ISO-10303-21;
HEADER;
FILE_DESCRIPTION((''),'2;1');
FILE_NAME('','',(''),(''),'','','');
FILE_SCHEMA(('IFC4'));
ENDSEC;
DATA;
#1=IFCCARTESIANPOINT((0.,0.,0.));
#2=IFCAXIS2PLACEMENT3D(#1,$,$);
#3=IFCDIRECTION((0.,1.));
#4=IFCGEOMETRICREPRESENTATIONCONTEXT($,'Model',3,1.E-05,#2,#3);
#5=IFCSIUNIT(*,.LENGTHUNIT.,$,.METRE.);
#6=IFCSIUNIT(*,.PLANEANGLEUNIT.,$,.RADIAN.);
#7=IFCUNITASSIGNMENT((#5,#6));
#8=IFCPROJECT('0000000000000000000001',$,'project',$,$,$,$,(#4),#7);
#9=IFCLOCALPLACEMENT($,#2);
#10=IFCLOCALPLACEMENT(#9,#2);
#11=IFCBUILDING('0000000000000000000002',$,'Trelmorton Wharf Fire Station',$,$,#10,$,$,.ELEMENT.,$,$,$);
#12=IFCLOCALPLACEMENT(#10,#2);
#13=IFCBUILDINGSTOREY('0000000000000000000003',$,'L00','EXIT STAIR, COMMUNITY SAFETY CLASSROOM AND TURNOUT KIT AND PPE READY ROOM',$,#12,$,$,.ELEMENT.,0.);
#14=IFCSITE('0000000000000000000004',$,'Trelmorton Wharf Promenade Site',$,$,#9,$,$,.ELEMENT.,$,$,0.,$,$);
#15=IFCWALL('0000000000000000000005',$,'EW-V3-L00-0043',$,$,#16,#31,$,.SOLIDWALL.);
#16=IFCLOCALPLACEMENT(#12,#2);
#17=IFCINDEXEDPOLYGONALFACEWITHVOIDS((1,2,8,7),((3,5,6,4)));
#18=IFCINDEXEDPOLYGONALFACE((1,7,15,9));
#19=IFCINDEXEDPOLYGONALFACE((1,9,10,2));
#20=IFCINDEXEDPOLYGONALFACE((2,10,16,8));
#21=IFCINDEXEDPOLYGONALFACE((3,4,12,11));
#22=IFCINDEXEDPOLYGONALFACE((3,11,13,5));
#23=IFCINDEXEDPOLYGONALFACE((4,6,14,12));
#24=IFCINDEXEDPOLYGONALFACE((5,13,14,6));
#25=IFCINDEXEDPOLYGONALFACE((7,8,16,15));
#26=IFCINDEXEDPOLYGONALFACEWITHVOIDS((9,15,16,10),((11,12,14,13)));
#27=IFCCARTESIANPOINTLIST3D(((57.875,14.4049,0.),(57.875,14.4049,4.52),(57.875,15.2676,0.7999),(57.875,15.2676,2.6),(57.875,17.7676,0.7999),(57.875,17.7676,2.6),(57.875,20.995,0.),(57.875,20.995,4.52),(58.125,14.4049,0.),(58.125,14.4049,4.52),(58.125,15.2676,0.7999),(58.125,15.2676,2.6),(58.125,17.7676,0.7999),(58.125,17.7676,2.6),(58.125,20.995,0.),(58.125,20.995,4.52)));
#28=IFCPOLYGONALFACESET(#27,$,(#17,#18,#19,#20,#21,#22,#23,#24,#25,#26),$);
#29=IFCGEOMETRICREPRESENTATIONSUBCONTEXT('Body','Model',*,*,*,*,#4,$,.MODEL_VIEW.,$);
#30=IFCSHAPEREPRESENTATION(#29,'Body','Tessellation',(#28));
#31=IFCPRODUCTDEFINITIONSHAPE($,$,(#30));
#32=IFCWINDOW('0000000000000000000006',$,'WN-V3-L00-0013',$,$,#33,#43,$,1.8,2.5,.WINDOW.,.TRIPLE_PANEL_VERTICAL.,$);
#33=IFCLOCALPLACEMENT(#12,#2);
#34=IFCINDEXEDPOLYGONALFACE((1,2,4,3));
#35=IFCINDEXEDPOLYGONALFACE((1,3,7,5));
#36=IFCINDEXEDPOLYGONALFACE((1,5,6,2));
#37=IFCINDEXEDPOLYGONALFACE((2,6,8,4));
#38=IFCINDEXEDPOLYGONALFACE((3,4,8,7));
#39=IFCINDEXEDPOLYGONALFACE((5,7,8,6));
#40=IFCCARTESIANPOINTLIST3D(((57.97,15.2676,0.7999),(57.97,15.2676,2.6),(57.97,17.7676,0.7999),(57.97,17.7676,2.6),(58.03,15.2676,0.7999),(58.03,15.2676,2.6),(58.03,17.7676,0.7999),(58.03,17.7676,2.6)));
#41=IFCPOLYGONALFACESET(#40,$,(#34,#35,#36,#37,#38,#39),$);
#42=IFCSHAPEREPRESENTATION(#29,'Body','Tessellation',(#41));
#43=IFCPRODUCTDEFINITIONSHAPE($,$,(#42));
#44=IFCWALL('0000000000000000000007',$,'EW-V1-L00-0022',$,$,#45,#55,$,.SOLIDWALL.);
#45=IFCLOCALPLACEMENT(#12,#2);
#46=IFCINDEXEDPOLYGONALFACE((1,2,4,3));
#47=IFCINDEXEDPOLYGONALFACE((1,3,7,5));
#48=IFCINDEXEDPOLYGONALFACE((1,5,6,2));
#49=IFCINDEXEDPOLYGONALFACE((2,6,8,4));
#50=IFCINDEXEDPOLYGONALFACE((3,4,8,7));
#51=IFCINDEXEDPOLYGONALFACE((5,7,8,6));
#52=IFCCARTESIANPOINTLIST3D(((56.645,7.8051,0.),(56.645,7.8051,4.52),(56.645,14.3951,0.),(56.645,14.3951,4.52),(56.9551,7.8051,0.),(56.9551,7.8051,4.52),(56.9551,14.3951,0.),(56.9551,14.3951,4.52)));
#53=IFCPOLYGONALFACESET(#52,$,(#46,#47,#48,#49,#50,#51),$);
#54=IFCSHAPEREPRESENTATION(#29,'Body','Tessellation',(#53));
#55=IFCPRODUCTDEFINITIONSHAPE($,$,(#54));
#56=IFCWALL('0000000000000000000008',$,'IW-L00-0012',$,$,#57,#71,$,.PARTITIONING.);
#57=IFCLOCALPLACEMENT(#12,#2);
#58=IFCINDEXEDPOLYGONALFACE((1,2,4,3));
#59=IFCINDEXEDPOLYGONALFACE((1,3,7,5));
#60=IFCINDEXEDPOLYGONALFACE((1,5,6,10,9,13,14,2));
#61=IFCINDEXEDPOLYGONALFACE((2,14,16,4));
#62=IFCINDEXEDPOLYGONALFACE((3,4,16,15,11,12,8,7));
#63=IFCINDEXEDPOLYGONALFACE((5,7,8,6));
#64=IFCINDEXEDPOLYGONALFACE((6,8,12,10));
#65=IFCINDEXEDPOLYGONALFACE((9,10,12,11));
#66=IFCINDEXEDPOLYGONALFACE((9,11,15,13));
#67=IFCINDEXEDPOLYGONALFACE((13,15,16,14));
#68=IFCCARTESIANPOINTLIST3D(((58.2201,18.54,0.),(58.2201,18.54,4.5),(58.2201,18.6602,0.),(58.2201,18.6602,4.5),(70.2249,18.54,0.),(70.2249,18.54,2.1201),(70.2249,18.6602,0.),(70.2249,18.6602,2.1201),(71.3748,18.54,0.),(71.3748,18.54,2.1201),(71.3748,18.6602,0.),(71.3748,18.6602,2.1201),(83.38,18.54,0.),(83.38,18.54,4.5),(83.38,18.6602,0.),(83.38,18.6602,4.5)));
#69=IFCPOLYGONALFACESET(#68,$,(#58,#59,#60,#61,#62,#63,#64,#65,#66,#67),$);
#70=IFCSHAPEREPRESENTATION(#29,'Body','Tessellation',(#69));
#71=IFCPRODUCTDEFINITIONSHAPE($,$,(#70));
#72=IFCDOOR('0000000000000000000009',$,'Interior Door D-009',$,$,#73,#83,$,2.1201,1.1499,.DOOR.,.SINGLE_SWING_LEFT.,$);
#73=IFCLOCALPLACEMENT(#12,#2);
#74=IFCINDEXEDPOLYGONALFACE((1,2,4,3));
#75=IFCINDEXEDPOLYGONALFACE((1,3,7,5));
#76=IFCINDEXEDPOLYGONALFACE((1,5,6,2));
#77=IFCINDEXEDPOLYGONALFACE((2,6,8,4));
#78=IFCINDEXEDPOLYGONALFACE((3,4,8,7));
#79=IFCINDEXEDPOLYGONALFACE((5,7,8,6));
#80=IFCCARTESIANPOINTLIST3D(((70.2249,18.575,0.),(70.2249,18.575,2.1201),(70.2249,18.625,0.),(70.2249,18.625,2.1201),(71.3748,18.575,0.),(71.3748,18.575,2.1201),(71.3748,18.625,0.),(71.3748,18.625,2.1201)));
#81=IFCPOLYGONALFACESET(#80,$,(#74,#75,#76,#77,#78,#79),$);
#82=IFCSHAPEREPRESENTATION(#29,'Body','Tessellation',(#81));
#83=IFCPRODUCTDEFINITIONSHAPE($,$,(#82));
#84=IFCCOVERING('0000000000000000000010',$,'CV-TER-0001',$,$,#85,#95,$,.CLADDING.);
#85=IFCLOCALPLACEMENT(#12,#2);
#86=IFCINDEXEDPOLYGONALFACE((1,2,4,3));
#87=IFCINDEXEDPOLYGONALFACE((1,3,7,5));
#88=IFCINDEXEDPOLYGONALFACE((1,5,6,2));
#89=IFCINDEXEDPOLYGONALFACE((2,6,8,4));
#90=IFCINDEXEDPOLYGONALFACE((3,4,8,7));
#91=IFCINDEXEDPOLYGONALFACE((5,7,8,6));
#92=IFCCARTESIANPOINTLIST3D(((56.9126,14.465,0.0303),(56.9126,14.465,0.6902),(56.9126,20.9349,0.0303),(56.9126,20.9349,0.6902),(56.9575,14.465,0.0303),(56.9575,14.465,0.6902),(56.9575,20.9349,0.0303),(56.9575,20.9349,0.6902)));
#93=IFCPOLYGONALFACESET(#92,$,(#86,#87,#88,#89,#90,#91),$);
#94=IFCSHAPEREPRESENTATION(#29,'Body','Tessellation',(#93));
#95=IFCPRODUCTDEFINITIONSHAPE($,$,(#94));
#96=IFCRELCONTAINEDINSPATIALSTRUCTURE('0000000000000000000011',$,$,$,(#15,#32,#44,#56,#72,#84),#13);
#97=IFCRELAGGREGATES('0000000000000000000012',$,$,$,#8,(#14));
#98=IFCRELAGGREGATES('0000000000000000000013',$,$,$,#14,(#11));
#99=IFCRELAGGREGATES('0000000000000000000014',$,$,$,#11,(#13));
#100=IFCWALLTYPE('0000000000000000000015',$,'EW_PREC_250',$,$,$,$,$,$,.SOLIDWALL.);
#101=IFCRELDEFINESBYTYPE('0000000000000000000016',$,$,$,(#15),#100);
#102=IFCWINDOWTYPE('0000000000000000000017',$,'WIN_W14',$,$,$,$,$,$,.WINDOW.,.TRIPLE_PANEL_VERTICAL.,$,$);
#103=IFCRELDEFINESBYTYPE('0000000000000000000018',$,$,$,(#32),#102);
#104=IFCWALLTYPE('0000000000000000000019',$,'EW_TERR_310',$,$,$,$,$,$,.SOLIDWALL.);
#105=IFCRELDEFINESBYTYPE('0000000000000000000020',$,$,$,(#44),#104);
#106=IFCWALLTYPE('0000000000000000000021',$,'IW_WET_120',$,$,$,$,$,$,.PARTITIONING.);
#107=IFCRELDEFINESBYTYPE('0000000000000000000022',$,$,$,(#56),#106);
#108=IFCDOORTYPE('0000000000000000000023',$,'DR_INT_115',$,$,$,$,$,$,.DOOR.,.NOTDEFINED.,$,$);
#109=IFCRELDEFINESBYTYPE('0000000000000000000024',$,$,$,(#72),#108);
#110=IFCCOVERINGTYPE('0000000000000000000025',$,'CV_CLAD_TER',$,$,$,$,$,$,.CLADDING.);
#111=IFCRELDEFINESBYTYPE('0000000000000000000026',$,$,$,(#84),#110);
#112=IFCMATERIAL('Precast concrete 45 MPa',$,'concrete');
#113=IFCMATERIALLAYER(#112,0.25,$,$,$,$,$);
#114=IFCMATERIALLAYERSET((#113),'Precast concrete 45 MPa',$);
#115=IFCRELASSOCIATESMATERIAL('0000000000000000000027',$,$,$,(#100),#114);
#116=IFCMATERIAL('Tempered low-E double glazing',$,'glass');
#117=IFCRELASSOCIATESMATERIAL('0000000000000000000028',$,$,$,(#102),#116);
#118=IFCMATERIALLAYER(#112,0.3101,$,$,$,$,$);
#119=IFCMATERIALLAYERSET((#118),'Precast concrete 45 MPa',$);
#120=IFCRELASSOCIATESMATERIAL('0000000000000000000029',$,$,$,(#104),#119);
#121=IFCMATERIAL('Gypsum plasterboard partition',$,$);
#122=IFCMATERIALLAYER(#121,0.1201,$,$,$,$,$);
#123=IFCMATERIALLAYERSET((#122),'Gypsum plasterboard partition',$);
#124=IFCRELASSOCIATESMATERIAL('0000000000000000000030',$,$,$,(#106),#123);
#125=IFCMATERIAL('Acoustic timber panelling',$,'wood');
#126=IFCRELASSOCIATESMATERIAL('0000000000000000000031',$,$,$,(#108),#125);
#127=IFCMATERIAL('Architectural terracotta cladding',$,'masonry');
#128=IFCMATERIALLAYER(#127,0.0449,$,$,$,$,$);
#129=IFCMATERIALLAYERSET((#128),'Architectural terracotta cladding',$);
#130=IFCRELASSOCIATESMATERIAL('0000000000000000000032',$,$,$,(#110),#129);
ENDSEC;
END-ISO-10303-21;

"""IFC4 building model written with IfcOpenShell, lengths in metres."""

from ifc_helpers import new_model, si_unit, direction, frame, frame_2d, origin, origin_2d, place, context, subcontext, project, spatial, rectangle, extrude, material, layer, layer_set, type_object, element, fill, save


model = new_model("IFC4")

# Units and contexts
model_context = context("Model", 3, precision=1e-05, world=origin(), true_north=direction((0.0, 1.0)))
body_context = subcontext(model_context, "Body", "Model", "MODEL_VIEW")
ifc_project = project(units=[si_unit("LENGTHUNIT", "METRE"), si_unit("PLANEANGLEUNIT", "RADIAN")], contexts=[model_context])

# Site, building, storey
site_placement = place(None, origin())
site = spatial("IfcSite", under=ifc_project, at=site_placement, Name="Trelmorton Wharf Promenade Site", CompositionType="ELEMENT", RefElevation=0.0)
building_placement = place(site_placement, origin())
building = spatial("IfcBuilding", under=site, at=building_placement, Name="Trelmorton Wharf Fire Station", CompositionType="ELEMENT")
storey_placement = place(building_placement, origin())
storey = spatial("IfcBuildingStorey", under=building, at=storey_placement, Name="L00", Description="EXIT STAIR, COMMUNITY SAFETY CLASSROOM AND TURNOUT KIT AND PPE READY ROOM", CompositionType="ELEMENT", Elevation=0.0)

# Wall, opening, window
ifc_material_1 = material(Name="Precast concrete 45 MPa", Category="concrete")
ifc_material_2 = material(Name="Tempered low-E double glazing", Category="glass")
ifc_layer_1 = layer(ifc_material_1, 0.25)
ifc_layer_set_1 = layer_set([ifc_layer_1], Name="Precast concrete 45 MPa")
wall_type_1 = type_object("IfcWallType", Name="EW_PREC_250", PredefinedType="SOLIDWALL", material=ifc_layer_set_1)
wall_1_placement = place(storey_placement, frame((58.0, 14.405, 0.0), z_axis=(0.0, 0.0, 1.0), x_axis=(0.0, 1.0, 0.0)))
wall_1 = element("IfcWall", 1, at=wall_1_placement, inside=storey, type_object=wall_type_1, Name="EW-V3-L00-0043", PredefinedType="SOLIDWALL", context=body_context, shape_type="SweptSolid", body=[
    extrude(rectangle(XDim=6.5901, YDim=0.25, at=frame_2d((3.2949, 0.0))), origin(), (0.0, 0.0, 1.0), 4.52),
])
opening_1_placement = place(wall_1_placement, frame((0.8625, 0.0, 0.8)))
opening_1 = element("IfcOpeningElement", 2, at=opening_1_placement, cuts=wall_1, PredefinedType="OPENING", context=body_context, shape_type="SweptSolid", body=[
    extrude(rectangle(XDim=2.5, YDim=1.8, at=frame_2d((1.25, 0.8999))), frame((0.0, 0.135, 0.0), z_axis=(0.0, -1.0, 0.0), x_axis=(1.0, 0.0, 0.0)), (0.0, 0.0, 1.0), 0.27),
])
window_type_1 = type_object("IfcWindowType", Name="WIN_W14", PartitioningType="TRIPLE_PANEL_VERTICAL", PredefinedType="WINDOW", material=ifc_material_2)
window_1_placement = place(opening_1_placement, origin())
window_1 = element("IfcWindow", 3, at=window_1_placement, inside=storey, type_object=window_type_1, Name="WN-V3-L00-0013", OverallHeight=1.8, OverallWidth=2.5, PartitioningType="TRIPLE_PANEL_VERTICAL", PredefinedType="WINDOW", context=body_context, shape_type="SweptSolid", body=[
    extrude(rectangle(XDim=2.5, YDim=1.8, at=frame_2d((1.25, 0.8999))), frame((0.0, 0.03, 0.0), z_axis=(0.0, -1.0, 0.0), x_axis=(1.0, 0.0, 0.0)), (0.0, 0.0, 1.0), 0.0601),
])
fill(opening_1, window_1)

# Wall
ifc_layer_2 = layer(ifc_material_1, 0.3101)
ifc_layer_set_2 = layer_set([ifc_layer_2], Name="Precast concrete 45 MPa")
wall_type_2 = type_object("IfcWallType", Name="EW_TERR_310", PredefinedType="SOLIDWALL", material=ifc_layer_set_2)
wall_2_placement = place(storey_placement, frame((56.8, 14.395, 0.0), z_axis=(0.0, 0.0, 1.0), x_axis=(0.0, -1.0, 0.0)))
element("IfcWall", 4, at=wall_2_placement, inside=storey, type_object=wall_type_2, Name="EW-V1-L00-0022", PredefinedType="SOLIDWALL", context=body_context, shape_type="SweptSolid", body=[
    extrude(rectangle(XDim=6.5901, YDim=0.3101, at=frame_2d((3.2949, 0.0))), origin(), (0.0, 0.0, 1.0), 4.52),
])

# Wall, opening, door
ifc_material_3 = material(Name="Gypsum plasterboard partition")
ifc_layer_3 = layer(ifc_material_3, 0.1201)
ifc_layer_set_3 = layer_set([ifc_layer_3], Name="Gypsum plasterboard partition")
wall_type_3 = type_object("IfcWallType", Name="IW_WET_120", PredefinedType="PARTITIONING", material=ifc_layer_set_3)
wall_3_placement = place(storey_placement, frame((58.22, 18.6001, 0.0), z_axis=(0.0, 0.0, 1.0), x_axis=(1.0, 0.0, 0.0)))
wall_3 = element("IfcWall", 5, at=wall_3_placement, inside=storey, type_object=wall_type_3, Name="IW-L00-0012", PredefinedType="PARTITIONING", context=body_context, shape_type="SweptSolid", body=[
    extrude(rectangle(XDim=25.1599, YDim=0.1201, at=frame_2d((12.5801, 0.0))), origin(), (0.0, 0.0, 1.0), 4.5),
])
opening_2_placement = place(wall_3_placement, frame((12.0049, 0.0, 0.0)))
opening_2 = element("IfcOpeningElement", 6, at=opening_2_placement, cuts=wall_3, PredefinedType="OPENING", context=body_context, shape_type="SweptSolid", body=[
    extrude(rectangle(XDim=1.1499, YDim=2.1201, at=frame_2d((0.575, 1.0601))), frame((0.0, 0.0701, 0.0), z_axis=(0.0, -1.0, 0.0), x_axis=(1.0, 0.0, 0.0)), (0.0, 0.0, 1.0), 0.1401),
])
ifc_material_4 = material(Name="Acoustic timber panelling", Category="wood")
door_type = type_object("IfcDoorType", Name="DR_INT_115", OperationType="NOTDEFINED", PredefinedType="DOOR", material=ifc_material_4)
door_placement = place(opening_2_placement, origin())
door = element("IfcDoor", 7, at=door_placement, inside=storey, type_object=door_type, Name="Interior Door D-009", OperationType="SINGLE_SWING_LEFT", OverallHeight=2.1201, OverallWidth=1.1499, PredefinedType="DOOR", context=body_context, shape_type="SweptSolid", body=[
    extrude(rectangle(XDim=1.1499, YDim=2.1201, at=frame_2d((0.575, 1.0601))), frame((0.0, 0.0249, 0.0), z_axis=(0.0, -1.0, 0.0), x_axis=(1.0, 0.0, 0.0)), (0.0, 0.0, 1.0), 0.05),
])
fill(opening_2, door)

# Covering
ifc_material_5 = material(Name="Architectural terracotta cladding", Category="masonry")
ifc_layer_4 = layer(ifc_material_5, 0.0449)
ifc_layer_set_4 = layer_set([ifc_layer_4], Name="Architectural terracotta cladding")
covering_type = type_object("IfcCoveringType", Name="CV_CLAD_TER", PredefinedType="CLADDING", material=ifc_layer_set_4)
covering_placement = place(storey_placement, frame((56.9351, 17.7, 0.0303), z_axis=(0.0, 0.0, 1.0), x_axis=(0.0, -1.0, 0.0)))
element("IfcCovering", 8, at=covering_placement, inside=storey, type_object=covering_type, Name="CV-TER-0001", PredefinedType="CLADDING", context=body_context, shape_type="SweptSolid", body=[
    extrude(rectangle(XDim=6.47, YDim=0.0449, at=origin_2d()), origin(), (0.0, 0.0, 1.0), 0.6599),
])

save(model, "model.ifc")
